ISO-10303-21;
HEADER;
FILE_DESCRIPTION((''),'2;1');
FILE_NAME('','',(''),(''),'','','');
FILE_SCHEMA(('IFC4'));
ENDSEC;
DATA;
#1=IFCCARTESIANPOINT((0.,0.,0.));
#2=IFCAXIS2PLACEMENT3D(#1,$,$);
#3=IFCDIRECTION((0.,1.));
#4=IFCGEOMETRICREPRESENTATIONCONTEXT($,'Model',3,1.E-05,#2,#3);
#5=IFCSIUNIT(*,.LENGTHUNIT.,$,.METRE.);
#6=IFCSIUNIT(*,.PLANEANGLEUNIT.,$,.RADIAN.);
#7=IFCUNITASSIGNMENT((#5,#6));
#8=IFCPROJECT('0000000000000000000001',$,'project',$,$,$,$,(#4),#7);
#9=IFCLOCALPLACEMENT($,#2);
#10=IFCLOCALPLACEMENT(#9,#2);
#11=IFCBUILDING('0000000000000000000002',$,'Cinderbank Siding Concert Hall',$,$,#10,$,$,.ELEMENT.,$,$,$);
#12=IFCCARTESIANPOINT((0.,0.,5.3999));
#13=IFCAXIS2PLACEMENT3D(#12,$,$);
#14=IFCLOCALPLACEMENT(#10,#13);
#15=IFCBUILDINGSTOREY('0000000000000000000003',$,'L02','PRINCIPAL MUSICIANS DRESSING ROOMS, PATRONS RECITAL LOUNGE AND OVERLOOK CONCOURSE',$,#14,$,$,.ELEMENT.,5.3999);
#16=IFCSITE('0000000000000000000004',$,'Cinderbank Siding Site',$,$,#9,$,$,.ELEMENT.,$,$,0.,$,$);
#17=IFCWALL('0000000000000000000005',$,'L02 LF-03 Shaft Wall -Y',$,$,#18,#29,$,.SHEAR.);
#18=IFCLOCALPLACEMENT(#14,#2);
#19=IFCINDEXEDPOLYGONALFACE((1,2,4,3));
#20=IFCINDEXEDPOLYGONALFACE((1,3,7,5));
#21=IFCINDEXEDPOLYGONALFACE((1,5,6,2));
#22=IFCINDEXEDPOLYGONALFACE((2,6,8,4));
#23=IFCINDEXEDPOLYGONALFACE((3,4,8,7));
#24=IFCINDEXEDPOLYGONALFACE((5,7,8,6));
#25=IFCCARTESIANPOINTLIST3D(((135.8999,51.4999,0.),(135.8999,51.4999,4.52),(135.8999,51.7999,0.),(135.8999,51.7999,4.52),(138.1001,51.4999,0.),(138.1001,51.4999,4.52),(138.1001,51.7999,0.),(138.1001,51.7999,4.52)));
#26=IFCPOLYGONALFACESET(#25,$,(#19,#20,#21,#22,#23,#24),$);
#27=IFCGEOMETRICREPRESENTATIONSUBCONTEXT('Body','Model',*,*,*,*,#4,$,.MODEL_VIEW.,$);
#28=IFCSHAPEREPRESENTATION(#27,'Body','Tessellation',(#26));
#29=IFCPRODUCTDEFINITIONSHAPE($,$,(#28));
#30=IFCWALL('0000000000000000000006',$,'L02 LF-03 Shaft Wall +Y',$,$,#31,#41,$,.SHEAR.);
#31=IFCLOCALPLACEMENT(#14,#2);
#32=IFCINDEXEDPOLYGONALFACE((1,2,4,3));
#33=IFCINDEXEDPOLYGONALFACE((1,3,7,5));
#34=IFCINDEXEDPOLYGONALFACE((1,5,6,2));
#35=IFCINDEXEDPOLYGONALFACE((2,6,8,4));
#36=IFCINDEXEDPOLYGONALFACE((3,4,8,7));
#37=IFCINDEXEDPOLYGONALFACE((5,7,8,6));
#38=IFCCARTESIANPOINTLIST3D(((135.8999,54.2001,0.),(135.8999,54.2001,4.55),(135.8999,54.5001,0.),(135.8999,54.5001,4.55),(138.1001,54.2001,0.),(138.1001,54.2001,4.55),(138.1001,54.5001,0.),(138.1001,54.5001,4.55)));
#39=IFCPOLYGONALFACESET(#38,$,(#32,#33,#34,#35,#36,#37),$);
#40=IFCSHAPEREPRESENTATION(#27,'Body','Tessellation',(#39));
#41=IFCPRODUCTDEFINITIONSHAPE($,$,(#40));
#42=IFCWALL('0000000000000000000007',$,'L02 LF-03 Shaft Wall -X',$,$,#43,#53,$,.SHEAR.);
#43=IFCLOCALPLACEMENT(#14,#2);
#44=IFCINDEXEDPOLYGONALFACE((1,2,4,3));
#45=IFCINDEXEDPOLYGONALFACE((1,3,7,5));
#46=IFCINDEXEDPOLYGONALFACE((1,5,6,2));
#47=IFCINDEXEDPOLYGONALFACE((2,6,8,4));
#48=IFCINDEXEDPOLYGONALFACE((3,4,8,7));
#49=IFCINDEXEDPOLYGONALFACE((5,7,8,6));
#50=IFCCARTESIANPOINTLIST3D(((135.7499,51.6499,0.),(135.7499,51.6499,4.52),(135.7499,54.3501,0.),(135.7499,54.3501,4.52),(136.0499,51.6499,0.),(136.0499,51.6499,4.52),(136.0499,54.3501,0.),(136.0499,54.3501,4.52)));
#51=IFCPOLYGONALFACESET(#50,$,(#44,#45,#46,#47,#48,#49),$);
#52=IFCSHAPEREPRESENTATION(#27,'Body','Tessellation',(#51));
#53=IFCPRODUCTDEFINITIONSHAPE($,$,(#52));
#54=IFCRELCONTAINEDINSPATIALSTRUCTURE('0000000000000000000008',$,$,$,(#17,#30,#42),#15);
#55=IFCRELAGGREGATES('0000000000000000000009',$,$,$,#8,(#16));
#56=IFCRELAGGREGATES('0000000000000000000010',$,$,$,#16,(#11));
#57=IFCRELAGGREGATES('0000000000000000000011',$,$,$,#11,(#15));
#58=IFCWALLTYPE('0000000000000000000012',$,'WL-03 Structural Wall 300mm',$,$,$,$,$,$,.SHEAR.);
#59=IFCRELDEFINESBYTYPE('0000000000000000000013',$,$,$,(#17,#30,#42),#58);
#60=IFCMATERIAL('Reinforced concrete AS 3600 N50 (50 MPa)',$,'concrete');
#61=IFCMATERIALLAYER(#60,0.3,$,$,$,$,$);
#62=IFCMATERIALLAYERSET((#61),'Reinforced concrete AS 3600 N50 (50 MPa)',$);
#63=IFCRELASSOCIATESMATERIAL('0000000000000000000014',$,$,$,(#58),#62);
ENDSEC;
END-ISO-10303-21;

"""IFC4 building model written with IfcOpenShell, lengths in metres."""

from ifc_helpers import new_model, si_unit, direction, frame, frame_2d, origin, place, context, subcontext, project, spatial, rectangle, extrude, material, layer, layer_set, type_object, element, save


model = new_model("IFC4")

# Units and contexts
model_context = context("Model", 3, precision=1e-05, world=origin(), true_north=direction((0.0, 1.0)))
body_context = subcontext(model_context, "Body", "Model", "MODEL_VIEW")
ifc_project = project(units=[si_unit("LENGTHUNIT", "METRE"), si_unit("PLANEANGLEUNIT", "RADIAN")], contexts=[model_context])

# Site, building, storey
site_placement = place(None, origin())
site = spatial("IfcSite", under=ifc_project, at=site_placement, Name="Cinderbank Siding Site", CompositionType="ELEMENT", RefElevation=0.0)
building_placement = place(site_placement, origin())
building = spatial("IfcBuilding", under=site, at=building_placement, Name="Cinderbank Siding Concert Hall", CompositionType="ELEMENT")
storey_placement = place(building_placement, frame((0.0, 0.0, 5.3999)))
storey = spatial("IfcBuildingStorey", under=building, at=storey_placement, Name="L02", Description="PRINCIPAL MUSICIANS DRESSING ROOMS, PATRONS RECITAL LOUNGE AND OVERLOOK CONCOURSE", CompositionType="ELEMENT", Elevation=5.3999)

# Shared definitions
ifc_material_1 = material(Name="Reinforced concrete AS 3600 N50 (50 MPa)", Category="concrete")
ifc_layer_1 = layer(ifc_material_1, 0.3)
ifc_layer_set_1 = layer_set([ifc_layer_1], Name="Reinforced concrete AS 3600 N50 (50 MPa)")
wall_type_1 = type_object("IfcWallType", Name="WL-03 Structural Wall 300mm", PredefinedType="SHEAR", material=ifc_layer_set_1)

# Wall
wall_1_placement = place(storey_placement, frame((138.1001, 51.6499, 0.0), z_axis=(0.0, 0.0, 1.0), x_axis=(-1.0, 0.0, 0.0)))
element("IfcWall", 1, at=wall_1_placement, inside=storey, type_object=wall_type_1, Name="L02 LF-03 Shaft Wall -Y", PredefinedType="SHEAR", context=body_context, shape_type="SweptSolid", body=[
    extrude(rectangle(XDim=2.2002, YDim=0.3, at=frame_2d((1.1001, 0.0))), origin(), (0.0, 0.0, 1.0), 4.52),
])

# Walls
wall_2_placement = place(storey_placement, frame((135.8999, 54.3501, 0.0), z_axis=(0.0, 0.0, 1.0), x_axis=(1.0, 0.0, 0.0)))
element("IfcWall", 2, at=wall_2_placement, inside=storey, type_object=wall_type_1, Name="L02 LF-03 Shaft Wall +Y", PredefinedType="SHEAR", context=body_context, shape_type="SweptSolid", body=[
    extrude(rectangle(XDim=2.2002, YDim=0.3, at=frame_2d((1.1001, 0.0))), origin(), (0.0, 0.0, 1.0), 4.55),
])
wall_3_placement = place(storey_placement, frame((135.8999, 51.6499, 0.0), z_axis=(0.0, 0.0, 1.0), x_axis=(0.0, 1.0, 0.0)))
element("IfcWall", 3, at=wall_3_placement, inside=storey, type_object=wall_type_1, Name="L02 LF-03 Shaft Wall -X", PredefinedType="SHEAR", context=body_context, shape_type="SweptSolid", body=[
    extrude(rectangle(XDim=2.7002, YDim=0.3, at=frame_2d((1.3501, 0.0))), origin(), (0.0, 0.0, 1.0), 4.52),
])

save(model, "model.ifc")
